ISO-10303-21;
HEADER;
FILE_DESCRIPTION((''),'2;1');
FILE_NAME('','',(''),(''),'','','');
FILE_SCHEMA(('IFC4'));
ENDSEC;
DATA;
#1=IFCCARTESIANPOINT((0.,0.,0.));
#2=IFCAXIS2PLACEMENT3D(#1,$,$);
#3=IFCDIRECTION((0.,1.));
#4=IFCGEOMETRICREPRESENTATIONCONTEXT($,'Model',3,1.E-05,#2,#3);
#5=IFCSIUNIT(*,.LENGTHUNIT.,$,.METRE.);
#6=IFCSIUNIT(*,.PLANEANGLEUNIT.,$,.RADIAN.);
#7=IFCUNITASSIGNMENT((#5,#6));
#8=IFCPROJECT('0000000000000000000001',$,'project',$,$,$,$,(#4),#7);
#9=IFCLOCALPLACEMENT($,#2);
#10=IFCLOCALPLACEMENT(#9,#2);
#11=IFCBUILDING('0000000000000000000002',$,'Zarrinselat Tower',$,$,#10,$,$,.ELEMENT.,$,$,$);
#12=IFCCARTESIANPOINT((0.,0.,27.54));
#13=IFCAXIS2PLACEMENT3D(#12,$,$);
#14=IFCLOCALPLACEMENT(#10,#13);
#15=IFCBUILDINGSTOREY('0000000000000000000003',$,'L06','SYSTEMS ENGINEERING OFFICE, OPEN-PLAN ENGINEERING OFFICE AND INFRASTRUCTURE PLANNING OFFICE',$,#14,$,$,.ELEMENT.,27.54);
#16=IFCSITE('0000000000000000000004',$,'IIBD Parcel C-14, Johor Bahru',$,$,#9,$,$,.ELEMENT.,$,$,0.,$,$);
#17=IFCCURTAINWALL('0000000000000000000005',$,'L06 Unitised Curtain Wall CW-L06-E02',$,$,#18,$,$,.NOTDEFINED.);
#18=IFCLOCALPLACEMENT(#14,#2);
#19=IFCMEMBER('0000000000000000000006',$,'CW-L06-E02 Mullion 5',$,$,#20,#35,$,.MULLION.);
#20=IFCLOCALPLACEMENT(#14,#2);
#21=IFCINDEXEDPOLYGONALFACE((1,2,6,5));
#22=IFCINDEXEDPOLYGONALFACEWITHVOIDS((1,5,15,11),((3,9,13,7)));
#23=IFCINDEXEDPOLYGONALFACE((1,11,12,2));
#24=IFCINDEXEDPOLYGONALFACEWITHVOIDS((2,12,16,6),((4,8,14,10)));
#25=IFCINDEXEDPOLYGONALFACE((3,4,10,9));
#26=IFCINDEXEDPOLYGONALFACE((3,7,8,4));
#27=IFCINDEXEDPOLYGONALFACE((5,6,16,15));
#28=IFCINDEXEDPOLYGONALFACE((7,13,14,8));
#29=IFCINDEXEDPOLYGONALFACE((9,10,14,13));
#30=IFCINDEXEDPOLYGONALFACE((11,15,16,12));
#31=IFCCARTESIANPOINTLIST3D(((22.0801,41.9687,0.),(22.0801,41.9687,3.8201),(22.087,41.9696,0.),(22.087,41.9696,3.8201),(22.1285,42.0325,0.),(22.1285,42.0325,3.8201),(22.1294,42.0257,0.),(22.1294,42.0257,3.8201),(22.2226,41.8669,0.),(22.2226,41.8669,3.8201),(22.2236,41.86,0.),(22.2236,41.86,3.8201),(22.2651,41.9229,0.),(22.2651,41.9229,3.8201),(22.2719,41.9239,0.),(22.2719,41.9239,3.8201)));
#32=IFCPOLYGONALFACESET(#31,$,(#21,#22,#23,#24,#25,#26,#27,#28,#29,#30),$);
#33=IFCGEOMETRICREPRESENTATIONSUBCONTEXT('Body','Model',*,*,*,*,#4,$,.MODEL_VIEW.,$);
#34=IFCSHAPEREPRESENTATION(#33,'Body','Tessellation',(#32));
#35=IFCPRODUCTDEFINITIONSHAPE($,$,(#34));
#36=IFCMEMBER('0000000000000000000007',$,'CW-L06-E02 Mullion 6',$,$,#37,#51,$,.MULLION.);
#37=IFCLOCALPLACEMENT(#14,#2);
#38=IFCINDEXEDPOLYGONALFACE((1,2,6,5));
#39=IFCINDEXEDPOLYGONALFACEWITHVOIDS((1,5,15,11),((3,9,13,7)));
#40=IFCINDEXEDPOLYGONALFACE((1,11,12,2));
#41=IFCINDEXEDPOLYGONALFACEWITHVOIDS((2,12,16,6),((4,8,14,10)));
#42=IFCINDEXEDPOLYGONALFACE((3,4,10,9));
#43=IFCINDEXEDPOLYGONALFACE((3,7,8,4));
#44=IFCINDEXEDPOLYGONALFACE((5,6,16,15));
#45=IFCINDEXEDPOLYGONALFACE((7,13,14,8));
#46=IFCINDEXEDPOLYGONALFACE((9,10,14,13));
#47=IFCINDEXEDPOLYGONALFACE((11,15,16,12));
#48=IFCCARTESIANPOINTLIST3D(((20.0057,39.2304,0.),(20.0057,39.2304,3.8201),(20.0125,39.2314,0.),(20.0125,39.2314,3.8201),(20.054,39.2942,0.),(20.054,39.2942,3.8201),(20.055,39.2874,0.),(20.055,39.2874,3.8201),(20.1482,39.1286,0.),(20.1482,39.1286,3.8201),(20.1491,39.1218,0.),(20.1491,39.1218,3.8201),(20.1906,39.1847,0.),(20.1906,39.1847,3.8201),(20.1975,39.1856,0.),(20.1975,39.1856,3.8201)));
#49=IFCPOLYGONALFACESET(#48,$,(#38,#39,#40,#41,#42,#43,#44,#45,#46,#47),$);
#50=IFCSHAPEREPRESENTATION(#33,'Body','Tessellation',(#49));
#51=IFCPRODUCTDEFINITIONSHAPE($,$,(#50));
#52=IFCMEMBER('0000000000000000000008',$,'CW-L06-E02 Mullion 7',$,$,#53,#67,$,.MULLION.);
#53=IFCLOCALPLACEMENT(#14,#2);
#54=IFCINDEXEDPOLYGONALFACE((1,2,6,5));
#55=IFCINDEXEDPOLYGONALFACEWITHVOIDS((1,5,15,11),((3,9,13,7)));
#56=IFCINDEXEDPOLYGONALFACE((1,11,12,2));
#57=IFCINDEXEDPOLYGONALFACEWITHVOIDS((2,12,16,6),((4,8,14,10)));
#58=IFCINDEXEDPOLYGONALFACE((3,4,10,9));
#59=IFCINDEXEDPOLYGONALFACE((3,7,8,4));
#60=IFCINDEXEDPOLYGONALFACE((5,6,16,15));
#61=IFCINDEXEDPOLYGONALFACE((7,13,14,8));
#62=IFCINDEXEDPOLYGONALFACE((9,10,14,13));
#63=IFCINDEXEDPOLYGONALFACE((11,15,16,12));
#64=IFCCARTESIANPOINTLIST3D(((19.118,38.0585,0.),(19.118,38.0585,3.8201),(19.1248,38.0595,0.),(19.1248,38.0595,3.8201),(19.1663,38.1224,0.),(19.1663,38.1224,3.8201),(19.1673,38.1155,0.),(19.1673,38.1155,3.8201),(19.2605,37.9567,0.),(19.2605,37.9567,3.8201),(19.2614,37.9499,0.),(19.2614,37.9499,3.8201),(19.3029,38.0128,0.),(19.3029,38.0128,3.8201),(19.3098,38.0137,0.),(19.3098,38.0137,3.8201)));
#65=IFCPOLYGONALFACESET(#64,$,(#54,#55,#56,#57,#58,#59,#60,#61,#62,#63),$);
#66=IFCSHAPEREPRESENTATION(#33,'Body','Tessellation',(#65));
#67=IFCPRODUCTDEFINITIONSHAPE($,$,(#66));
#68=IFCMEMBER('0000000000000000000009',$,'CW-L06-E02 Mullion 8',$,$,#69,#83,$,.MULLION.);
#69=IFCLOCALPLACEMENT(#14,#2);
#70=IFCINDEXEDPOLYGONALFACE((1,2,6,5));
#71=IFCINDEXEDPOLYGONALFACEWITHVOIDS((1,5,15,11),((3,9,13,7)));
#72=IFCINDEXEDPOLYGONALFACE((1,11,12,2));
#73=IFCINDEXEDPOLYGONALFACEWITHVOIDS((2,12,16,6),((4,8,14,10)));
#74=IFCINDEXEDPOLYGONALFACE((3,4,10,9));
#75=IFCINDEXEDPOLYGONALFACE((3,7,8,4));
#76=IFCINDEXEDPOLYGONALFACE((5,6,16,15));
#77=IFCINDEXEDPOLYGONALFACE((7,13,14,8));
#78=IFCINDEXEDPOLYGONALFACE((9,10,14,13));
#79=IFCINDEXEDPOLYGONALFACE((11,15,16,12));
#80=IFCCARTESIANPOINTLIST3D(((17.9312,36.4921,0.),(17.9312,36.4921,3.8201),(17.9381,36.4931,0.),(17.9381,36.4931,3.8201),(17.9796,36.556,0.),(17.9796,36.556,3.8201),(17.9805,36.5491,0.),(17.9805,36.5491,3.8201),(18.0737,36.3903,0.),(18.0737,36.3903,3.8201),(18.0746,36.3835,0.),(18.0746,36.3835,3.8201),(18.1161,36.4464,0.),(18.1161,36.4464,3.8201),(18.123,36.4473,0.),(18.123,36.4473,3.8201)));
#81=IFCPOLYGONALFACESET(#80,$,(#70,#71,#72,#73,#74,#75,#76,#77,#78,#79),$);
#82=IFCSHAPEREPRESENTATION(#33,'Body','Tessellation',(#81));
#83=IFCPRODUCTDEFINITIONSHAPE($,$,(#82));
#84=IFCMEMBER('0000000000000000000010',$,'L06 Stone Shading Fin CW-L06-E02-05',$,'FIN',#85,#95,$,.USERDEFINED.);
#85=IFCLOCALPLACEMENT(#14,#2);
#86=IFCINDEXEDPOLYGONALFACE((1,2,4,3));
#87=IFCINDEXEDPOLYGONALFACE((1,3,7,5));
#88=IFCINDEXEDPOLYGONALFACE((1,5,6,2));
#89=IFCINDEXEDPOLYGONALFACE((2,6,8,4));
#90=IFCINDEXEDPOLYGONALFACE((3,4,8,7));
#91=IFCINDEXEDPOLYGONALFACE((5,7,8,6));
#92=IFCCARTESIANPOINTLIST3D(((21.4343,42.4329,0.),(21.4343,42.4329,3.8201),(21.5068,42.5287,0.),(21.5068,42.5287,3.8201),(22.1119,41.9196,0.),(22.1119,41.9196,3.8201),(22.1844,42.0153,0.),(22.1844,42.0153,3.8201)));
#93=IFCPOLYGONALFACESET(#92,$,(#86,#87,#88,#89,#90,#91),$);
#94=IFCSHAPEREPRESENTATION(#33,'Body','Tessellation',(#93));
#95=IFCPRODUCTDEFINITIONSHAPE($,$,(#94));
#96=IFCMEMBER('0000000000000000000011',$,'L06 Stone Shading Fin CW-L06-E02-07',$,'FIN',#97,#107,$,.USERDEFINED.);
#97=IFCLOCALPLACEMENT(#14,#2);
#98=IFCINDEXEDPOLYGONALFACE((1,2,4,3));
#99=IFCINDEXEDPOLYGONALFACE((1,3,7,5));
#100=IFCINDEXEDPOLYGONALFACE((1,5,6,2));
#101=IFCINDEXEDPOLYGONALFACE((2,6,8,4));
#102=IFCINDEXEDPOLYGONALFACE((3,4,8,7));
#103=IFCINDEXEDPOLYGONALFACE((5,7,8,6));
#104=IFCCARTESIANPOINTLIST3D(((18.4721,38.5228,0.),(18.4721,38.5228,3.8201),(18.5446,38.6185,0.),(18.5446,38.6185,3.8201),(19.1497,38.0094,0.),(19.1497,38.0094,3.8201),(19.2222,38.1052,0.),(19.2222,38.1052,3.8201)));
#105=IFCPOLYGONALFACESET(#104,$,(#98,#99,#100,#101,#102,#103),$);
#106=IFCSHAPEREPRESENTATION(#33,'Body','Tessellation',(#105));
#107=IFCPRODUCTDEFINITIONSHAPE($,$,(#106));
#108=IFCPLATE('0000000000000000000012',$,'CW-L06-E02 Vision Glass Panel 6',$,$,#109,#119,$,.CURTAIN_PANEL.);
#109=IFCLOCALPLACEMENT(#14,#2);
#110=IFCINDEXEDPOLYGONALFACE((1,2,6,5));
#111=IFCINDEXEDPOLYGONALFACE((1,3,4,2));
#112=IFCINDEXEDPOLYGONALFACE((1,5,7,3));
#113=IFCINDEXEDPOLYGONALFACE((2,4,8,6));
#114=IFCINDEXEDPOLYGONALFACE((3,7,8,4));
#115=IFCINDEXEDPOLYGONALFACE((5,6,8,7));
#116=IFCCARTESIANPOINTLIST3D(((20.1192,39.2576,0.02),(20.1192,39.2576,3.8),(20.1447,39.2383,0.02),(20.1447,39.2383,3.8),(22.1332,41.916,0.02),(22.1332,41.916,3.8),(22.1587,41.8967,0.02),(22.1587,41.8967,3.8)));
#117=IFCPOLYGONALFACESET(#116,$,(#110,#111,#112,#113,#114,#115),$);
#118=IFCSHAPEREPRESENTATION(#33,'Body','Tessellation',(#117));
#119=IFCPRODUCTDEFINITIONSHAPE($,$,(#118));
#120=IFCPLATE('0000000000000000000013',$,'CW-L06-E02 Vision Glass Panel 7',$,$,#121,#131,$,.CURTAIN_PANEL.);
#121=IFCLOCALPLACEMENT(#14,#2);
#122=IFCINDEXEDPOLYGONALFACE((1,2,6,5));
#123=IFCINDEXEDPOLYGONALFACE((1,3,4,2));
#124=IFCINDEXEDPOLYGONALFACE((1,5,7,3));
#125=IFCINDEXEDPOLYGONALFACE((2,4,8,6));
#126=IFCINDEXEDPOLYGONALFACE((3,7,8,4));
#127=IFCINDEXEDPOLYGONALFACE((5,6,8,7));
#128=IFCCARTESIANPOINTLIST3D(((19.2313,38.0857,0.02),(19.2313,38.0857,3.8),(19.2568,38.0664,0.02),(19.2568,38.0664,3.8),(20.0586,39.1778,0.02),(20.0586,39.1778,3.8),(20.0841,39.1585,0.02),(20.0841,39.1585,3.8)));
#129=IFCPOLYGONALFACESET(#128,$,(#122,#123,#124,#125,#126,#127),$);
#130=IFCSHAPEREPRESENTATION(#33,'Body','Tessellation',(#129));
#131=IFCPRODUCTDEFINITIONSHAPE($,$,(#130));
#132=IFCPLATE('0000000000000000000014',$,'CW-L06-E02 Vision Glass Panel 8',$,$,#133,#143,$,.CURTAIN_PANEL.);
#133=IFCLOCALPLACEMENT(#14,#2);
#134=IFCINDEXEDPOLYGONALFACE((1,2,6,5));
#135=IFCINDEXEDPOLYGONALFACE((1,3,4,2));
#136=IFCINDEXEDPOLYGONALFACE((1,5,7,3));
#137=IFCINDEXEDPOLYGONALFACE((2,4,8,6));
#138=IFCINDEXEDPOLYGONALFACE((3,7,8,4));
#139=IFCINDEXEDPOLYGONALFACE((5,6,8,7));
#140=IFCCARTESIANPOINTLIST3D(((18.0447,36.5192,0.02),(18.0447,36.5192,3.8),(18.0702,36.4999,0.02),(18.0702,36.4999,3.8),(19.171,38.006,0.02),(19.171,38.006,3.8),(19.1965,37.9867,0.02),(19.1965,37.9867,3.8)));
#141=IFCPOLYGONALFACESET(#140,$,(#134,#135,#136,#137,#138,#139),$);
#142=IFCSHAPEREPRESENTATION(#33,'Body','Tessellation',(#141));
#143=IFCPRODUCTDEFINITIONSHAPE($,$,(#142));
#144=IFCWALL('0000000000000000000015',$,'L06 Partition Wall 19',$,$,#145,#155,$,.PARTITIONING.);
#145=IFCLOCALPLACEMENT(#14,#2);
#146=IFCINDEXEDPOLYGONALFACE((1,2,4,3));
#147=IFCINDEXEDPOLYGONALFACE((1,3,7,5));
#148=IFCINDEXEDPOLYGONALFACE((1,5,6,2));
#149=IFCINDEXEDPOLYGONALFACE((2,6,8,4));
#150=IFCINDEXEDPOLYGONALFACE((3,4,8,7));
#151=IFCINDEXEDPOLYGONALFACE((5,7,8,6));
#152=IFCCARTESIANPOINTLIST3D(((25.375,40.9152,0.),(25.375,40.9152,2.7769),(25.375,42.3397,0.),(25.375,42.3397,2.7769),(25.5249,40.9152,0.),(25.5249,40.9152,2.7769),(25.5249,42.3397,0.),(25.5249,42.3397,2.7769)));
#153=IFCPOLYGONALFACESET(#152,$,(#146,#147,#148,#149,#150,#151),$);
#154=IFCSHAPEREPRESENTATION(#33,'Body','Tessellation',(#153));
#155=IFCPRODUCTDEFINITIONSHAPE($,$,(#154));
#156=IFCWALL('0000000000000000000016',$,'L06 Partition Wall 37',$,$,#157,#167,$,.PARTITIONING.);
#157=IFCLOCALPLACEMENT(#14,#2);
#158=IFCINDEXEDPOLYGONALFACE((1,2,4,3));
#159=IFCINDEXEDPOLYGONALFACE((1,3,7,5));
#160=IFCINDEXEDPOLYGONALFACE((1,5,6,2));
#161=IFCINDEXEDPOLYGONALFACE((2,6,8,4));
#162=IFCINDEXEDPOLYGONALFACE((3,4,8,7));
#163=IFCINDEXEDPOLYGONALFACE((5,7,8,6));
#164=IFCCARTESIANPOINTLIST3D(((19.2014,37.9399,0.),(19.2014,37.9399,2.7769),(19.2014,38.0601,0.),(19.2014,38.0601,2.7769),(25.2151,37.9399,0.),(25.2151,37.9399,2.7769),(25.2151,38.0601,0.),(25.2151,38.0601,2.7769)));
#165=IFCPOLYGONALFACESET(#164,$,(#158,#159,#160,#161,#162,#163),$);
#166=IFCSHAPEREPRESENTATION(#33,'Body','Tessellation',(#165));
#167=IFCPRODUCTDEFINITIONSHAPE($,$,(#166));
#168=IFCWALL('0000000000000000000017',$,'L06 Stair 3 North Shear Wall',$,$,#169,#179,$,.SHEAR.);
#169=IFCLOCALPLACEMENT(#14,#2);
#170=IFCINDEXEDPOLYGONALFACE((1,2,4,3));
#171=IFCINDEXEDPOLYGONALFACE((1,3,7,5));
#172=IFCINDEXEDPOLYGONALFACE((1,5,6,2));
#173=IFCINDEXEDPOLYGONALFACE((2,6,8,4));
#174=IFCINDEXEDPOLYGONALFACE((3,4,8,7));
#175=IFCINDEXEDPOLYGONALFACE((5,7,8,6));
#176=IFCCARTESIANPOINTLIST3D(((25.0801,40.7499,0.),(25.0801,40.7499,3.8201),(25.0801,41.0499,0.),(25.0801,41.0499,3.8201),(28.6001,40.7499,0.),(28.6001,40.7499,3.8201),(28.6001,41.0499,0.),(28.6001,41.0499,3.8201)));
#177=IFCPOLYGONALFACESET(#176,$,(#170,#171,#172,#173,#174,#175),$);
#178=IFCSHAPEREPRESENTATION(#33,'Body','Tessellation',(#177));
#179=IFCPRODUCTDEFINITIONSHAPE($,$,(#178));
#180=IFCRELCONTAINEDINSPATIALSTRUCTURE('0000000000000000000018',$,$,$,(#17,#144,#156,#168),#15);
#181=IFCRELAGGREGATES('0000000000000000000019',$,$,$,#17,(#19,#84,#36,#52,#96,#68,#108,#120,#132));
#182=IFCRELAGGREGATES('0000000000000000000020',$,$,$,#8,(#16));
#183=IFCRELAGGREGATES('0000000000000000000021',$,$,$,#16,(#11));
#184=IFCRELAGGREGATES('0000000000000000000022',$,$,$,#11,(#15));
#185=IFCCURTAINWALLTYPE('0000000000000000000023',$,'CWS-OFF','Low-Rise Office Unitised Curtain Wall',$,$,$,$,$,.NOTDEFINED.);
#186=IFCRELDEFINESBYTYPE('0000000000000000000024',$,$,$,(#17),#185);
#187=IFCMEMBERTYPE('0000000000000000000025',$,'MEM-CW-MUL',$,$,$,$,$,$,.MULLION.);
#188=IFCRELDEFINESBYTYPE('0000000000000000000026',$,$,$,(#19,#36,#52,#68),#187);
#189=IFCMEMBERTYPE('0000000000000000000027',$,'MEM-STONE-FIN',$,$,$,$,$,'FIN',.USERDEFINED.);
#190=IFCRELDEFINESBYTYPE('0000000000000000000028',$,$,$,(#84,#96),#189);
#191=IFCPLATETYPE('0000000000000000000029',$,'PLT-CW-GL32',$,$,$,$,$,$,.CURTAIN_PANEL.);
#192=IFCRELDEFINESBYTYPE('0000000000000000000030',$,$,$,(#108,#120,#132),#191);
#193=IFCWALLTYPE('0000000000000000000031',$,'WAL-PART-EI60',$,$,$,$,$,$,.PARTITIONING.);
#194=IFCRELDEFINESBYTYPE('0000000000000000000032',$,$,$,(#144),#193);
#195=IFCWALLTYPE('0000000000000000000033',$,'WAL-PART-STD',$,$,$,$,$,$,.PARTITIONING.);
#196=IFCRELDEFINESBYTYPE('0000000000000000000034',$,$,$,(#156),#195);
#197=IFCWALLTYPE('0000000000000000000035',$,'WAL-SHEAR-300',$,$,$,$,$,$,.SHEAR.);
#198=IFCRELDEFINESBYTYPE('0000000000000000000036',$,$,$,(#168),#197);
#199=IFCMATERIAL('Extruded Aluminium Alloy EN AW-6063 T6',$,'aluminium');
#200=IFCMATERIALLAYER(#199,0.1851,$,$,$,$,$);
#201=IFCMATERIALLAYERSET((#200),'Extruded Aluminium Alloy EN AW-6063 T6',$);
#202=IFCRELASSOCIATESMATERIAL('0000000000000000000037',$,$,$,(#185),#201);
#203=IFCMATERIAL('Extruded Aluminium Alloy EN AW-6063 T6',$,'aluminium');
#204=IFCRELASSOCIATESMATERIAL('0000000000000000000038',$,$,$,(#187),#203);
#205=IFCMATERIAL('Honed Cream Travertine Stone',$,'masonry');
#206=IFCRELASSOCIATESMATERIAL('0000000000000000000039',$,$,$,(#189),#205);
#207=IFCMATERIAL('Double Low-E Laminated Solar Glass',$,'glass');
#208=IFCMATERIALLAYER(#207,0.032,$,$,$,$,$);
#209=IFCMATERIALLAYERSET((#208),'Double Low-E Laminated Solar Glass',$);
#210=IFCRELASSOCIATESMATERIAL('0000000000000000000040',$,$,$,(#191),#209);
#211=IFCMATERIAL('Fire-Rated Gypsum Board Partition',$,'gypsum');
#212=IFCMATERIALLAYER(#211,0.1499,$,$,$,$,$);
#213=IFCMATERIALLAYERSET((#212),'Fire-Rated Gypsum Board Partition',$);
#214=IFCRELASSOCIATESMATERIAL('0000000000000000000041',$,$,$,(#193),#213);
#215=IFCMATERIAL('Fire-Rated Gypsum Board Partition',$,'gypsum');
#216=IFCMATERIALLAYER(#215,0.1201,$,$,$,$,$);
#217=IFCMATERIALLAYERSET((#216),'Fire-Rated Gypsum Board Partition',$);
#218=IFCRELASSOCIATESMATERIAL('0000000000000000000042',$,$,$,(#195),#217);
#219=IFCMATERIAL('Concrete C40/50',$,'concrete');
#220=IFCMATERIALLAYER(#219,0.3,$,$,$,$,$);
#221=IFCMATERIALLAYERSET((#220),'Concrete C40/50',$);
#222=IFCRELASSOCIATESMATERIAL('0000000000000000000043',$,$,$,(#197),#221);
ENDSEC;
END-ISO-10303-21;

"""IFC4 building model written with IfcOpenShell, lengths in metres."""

from ifc_helpers import new_model, si_unit, direction, frame, frame_2d, origin, origin_2d, place, context, subcontext, project, spatial, rectangle, hollow_rectangle, extrude, material, layer, layer_set, material_profile, profile_set, type_object, element, aggregate, save


model = new_model("IFC4")

# Units and contexts
model_context = context("Model", 3, precision=1e-05, world=origin(), true_north=direction((0.0, 1.0)))
body_context = subcontext(model_context, "Body", "Model", "MODEL_VIEW")
ifc_project = project(units=[si_unit("LENGTHUNIT", "METRE"), si_unit("PLANEANGLEUNIT", "RADIAN")], contexts=[model_context])

# Site, building, storey
site_placement = place(None, origin())
site = spatial("IfcSite", under=ifc_project, at=site_placement, Name="IIBD Parcel C-14, Johor Bahru", CompositionType="ELEMENT", RefElevation=0.0)
building_placement = place(site_placement, origin())
building = spatial("IfcBuilding", under=site, at=building_placement, Name="Zarrinselat Tower", CompositionType="ELEMENT")
storey_placement = place(building_placement, frame((0.0, 0.0, 27.54)))
storey = spatial("IfcBuildingStorey", under=building, at=storey_placement, Name="L06", Description="SYSTEMS ENGINEERING OFFICE, OPEN-PLAN ENGINEERING OFFICE AND INFRASTRUCTURE PLANNING OFFICE", CompositionType="ELEMENT", Elevation=27.54)

# Curtain wall, members, plates
ifc_material_1 = material(Name="Extruded Aluminium Alloy EN AW-6063 T6", Category="aluminium")
ifc_layer_1 = layer(ifc_material_1, 0.1851)
ifc_layer_set_1 = layer_set([ifc_layer_1], Name="Extruded Aluminium Alloy EN AW-6063 T6")
curtain_wall_type = type_object("IfcCurtainWallType", Name="CWS-OFF", Description="Low-Rise Office Unitised Curtain Wall", PredefinedType="NOTDEFINED", material=ifc_layer_set_1)
curtain_wall_placement = place(storey_placement, origin())
curtain_wall = element("IfcCurtainWall", 1, at=curtain_wall_placement, inside=storey, type_object=curtain_wall_type, Name="L06 Unitised Curtain Wall CW-L06-E02", PredefinedType="NOTDEFINED")
ifc_material_2 = material(Name="Extruded Aluminium Alloy EN AW-6063 T6", Category="aluminium")
ifc_material_profile_1 = material_profile(ifc_material_2, hollow_rectangle(XDim=0.0801, YDim=0.1799, WallThickness=0.0049, at=origin_2d()), Name="RHS 180x80x5")
ifc_profile_set_1 = profile_set([ifc_material_profile_1], Name="Extruded Aluminium Alloy EN AW-6063 T6")
member_type_1 = type_object("IfcMemberType", Name="MEM-CW-MUL", PredefinedType="MULLION", material=ifc_profile_set_1)
member_1_placement = place(storey_placement, frame((22.176, 41.9463, 0.0), z_axis=(0.0, 0.0, 1.0), x_axis=(-0.603859, -0.797091, 0.0)))
member_1 = element("IfcMember", 2, at=member_1_placement, type_object=member_type_1, Name="CW-L06-E02 Mullion 5", PredefinedType="MULLION", context=body_context, shape_type="SweptSolid", body=[
    extrude(hollow_rectangle(XDim=0.0801, YDim=0.1799, WallThickness=0.0049, at=origin_2d()), origin(), (0.0, 0.0, 1.0), 3.8201),
])
member_2_placement = place(storey_placement, frame((20.1016, 39.208, 0.0), z_axis=(0.0, 0.0, 1.0), x_axis=(-0.603859, -0.797091, 0.0)))
member_2 = element("IfcMember", 3, at=member_2_placement, type_object=member_type_1, Name="CW-L06-E02 Mullion 6", PredefinedType="MULLION", context=body_context, shape_type="SweptSolid", body=[
    extrude(hollow_rectangle(XDim=0.0801, YDim=0.1799, WallThickness=0.0049, at=origin_2d()), origin(), (0.0, 0.0, 1.0), 3.8201),
])
member_3_placement = place(storey_placement, frame((19.2139, 38.0361, 0.0), z_axis=(0.0, 0.0, 1.0), x_axis=(-0.603859, -0.797091, 0.0)))
member_3 = element("IfcMember", 4, at=member_3_placement, type_object=member_type_1, Name="CW-L06-E02 Mullion 7", PredefinedType="MULLION", context=body_context, shape_type="SweptSolid", body=[
    extrude(hollow_rectangle(XDim=0.0801, YDim=0.1799, WallThickness=0.0049, at=origin_2d()), origin(), (0.0, 0.0, 1.0), 3.8201),
])
member_4_placement = place(storey_placement, frame((18.0271, 36.4697, 0.0), z_axis=(0.0, 0.0, 1.0), x_axis=(-0.603859, -0.797091, 0.0)))
member_4 = element("IfcMember", 5, at=member_4_placement, type_object=member_type_1, Name="CW-L06-E02 Mullion 8", PredefinedType="MULLION", context=body_context, shape_type="SweptSolid", body=[
    extrude(hollow_rectangle(XDim=0.0801, YDim=0.1799, WallThickness=0.0049, at=origin_2d()), origin(), (0.0, 0.0, 1.0), 3.8201),
])
ifc_material_3 = material(Name="Honed Cream Travertine Stone", Category="masonry")
ifc_material_profile_2 = material_profile(ifc_material_3, rectangle(XDim=0.1201, YDim=0.8501, at=origin_2d()), Name="FIN 850x120")
ifc_profile_set_2 = profile_set([ifc_material_profile_2], Name="Honed Cream Travertine Stone")
member_type_2 = type_object("IfcMemberType", Name="MEM-STONE-FIN", ElementType="FIN", PredefinedType="USERDEFINED", material=ifc_profile_set_2)
member_5_placement = place(storey_placement, frame((21.8093, 42.2241, 0.0), z_axis=(0.0, 0.0, 1.0), x_axis=(0.603859, 0.797091, 0.0)))
member_5 = element("IfcMember", 6, at=member_5_placement, type_object=member_type_2, Name="L06 Stone Shading Fin CW-L06-E02-05", ObjectType="FIN", PredefinedType="USERDEFINED", context=body_context, shape_type="SweptSolid", body=[
    extrude(rectangle(XDim=0.1201, YDim=0.8501, at=origin_2d()), origin(), (0.0, 0.0, 1.0), 3.8201),
])
member_6_placement = place(storey_placement, frame((18.8472, 38.314, 0.0), z_axis=(0.0, 0.0, 1.0), x_axis=(0.603859, 0.797091, 0.0)))
member_6 = element("IfcMember", 7, at=member_6_placement, type_object=member_type_2, Name="L06 Stone Shading Fin CW-L06-E02-07", ObjectType="FIN", PredefinedType="USERDEFINED", context=body_context, shape_type="SweptSolid", body=[
    extrude(rectangle(XDim=0.1201, YDim=0.8501, at=origin_2d()), origin(), (0.0, 0.0, 1.0), 3.8201),
])
ifc_material_4 = material(Name="Double Low-E Laminated Solar Glass", Category="glass")
ifc_layer_2 = layer(ifc_material_4, 0.032)
ifc_layer_set_2 = layer_set([ifc_layer_2], Name="Double Low-E Laminated Solar Glass")
plate_type = type_object("IfcPlateType", Name="PLT-CW-GL32", PredefinedType="CURTAIN_PANEL", material=ifc_layer_set_2)
plate_1_placement = place(storey_placement, frame((21.1389, 40.5771, 0.02), z_axis=(0.0, 0.0, 1.0), x_axis=(-0.603859, -0.797091, 0.0)))
plate_1 = element("IfcPlate", 8, at=plate_1_placement, type_object=plate_type, Name="CW-L06-E02 Vision Glass Panel 6", PredefinedType="CURTAIN_PANEL", context=body_context, shape_type="SweptSolid", body=[
    extrude(rectangle(XDim=3.3352, YDim=0.032, at=origin_2d()), origin(), (0.0, 0.0, 1.0), 3.78),
])
plate_2_placement = place(storey_placement, frame((19.6577, 38.6221, 0.02), z_axis=(0.0, 0.0, 1.0), x_axis=(-0.603859, -0.797091, 0.0)))
plate_2 = element("IfcPlate", 9, at=plate_2_placement, type_object=plate_type, Name="CW-L06-E02 Vision Glass Panel 7", PredefinedType="CURTAIN_PANEL", context=body_context, shape_type="SweptSolid", body=[
    extrude(rectangle(XDim=1.3701, YDim=0.032, at=origin_2d()), origin(), (0.0, 0.0, 1.0), 3.78),
])
plate_3_placement = place(storey_placement, frame((18.6206, 37.2529, 0.02), z_axis=(0.0, 0.0, 1.0), x_axis=(-0.603859, -0.797091, 0.0)))
plate_3 = element("IfcPlate", 10, at=plate_3_placement, type_object=plate_type, Name="CW-L06-E02 Vision Glass Panel 8", PredefinedType="CURTAIN_PANEL", context=body_context, shape_type="SweptSolid", body=[
    extrude(rectangle(XDim=1.8652, YDim=0.032, at=origin_2d()), origin(), (0.0, 0.0, 1.0), 3.78),
])
aggregate(curtain_wall, [member_1, member_5, member_2, member_3, member_6, member_4, plate_1, plate_2, plate_3])

# Walls
ifc_material_5 = material(Name="Fire-Rated Gypsum Board Partition", Category="gypsum")
ifc_layer_3 = layer(ifc_material_5, 0.1499)
ifc_layer_set_3 = layer_set([ifc_layer_3], Name="Fire-Rated Gypsum Board Partition")
wall_type_1 = type_object("IfcWallType", Name="WAL-PART-EI60", PredefinedType="PARTITIONING", material=ifc_layer_set_3)
wall_1_placement = place(storey_placement, frame((25.45, 40.915, 0.0), z_axis=(0.0, 0.0, 1.0), x_axis=(0.0, 1.0, 0.0)))
element("IfcWall", 11, at=wall_1_placement, inside=storey, type_object=wall_type_1, Name="L06 Partition Wall 19", PredefinedType="PARTITIONING", context=body_context, shape_type="SweptSolid", body=[
    extrude(rectangle(XDim=1.4246, YDim=0.1499, at=frame_2d((0.7124, 0.0))), origin(), (0.0, 0.0, 1.0), 2.7769),
])
ifc_material_6 = material(Name="Fire-Rated Gypsum Board Partition", Category="gypsum")
ifc_layer_4 = layer(ifc_material_6, 0.1201)
ifc_layer_set_4 = layer_set([ifc_layer_4], Name="Fire-Rated Gypsum Board Partition")
wall_type_2 = type_object("IfcWallType", Name="WAL-PART-STD", PredefinedType="PARTITIONING", material=ifc_layer_set_4)
wall_2_placement = place(storey_placement, frame((19.2014, 38.0, 0.0), z_axis=(0.0, 0.0, 1.0), x_axis=(1.0, 0.0, 0.0)))
element("IfcWall", 12, at=wall_2_placement, inside=storey, type_object=wall_type_2, Name="L06 Partition Wall 37", PredefinedType="PARTITIONING", context=body_context, shape_type="SweptSolid", body=[
    extrude(rectangle(XDim=6.0137, YDim=0.1201, at=frame_2d((3.0068, 0.0))), origin(), (0.0, 0.0, 1.0), 2.7769),
])
ifc_material_7 = material(Name="Concrete C40/50", Category="concrete")
ifc_layer_5 = layer(ifc_material_7, 0.3)
ifc_layer_set_5 = layer_set([ifc_layer_5], Name="Concrete C40/50")
wall_type_3 = type_object("IfcWallType", Name="WAL-SHEAR-300", PredefinedType="SHEAR", material=ifc_layer_set_5)
wall_3_placement = place(storey_placement, frame((25.0801, 40.8999, 0.0), z_axis=(0.0, 0.0, 1.0), x_axis=(1.0, 0.0, 0.0)))
element("IfcWall", 13, at=wall_3_placement, inside=storey, type_object=wall_type_3, Name="L06 Stair 3 North Shear Wall", PredefinedType="SHEAR", context=body_context, shape_type="SweptSolid", body=[
    extrude(rectangle(XDim=3.52, YDim=0.3, at=frame_2d((1.76, 0.0))), origin(), (0.0, 0.0, 1.0), 3.8201),
])

save(model, "model.ifc")
